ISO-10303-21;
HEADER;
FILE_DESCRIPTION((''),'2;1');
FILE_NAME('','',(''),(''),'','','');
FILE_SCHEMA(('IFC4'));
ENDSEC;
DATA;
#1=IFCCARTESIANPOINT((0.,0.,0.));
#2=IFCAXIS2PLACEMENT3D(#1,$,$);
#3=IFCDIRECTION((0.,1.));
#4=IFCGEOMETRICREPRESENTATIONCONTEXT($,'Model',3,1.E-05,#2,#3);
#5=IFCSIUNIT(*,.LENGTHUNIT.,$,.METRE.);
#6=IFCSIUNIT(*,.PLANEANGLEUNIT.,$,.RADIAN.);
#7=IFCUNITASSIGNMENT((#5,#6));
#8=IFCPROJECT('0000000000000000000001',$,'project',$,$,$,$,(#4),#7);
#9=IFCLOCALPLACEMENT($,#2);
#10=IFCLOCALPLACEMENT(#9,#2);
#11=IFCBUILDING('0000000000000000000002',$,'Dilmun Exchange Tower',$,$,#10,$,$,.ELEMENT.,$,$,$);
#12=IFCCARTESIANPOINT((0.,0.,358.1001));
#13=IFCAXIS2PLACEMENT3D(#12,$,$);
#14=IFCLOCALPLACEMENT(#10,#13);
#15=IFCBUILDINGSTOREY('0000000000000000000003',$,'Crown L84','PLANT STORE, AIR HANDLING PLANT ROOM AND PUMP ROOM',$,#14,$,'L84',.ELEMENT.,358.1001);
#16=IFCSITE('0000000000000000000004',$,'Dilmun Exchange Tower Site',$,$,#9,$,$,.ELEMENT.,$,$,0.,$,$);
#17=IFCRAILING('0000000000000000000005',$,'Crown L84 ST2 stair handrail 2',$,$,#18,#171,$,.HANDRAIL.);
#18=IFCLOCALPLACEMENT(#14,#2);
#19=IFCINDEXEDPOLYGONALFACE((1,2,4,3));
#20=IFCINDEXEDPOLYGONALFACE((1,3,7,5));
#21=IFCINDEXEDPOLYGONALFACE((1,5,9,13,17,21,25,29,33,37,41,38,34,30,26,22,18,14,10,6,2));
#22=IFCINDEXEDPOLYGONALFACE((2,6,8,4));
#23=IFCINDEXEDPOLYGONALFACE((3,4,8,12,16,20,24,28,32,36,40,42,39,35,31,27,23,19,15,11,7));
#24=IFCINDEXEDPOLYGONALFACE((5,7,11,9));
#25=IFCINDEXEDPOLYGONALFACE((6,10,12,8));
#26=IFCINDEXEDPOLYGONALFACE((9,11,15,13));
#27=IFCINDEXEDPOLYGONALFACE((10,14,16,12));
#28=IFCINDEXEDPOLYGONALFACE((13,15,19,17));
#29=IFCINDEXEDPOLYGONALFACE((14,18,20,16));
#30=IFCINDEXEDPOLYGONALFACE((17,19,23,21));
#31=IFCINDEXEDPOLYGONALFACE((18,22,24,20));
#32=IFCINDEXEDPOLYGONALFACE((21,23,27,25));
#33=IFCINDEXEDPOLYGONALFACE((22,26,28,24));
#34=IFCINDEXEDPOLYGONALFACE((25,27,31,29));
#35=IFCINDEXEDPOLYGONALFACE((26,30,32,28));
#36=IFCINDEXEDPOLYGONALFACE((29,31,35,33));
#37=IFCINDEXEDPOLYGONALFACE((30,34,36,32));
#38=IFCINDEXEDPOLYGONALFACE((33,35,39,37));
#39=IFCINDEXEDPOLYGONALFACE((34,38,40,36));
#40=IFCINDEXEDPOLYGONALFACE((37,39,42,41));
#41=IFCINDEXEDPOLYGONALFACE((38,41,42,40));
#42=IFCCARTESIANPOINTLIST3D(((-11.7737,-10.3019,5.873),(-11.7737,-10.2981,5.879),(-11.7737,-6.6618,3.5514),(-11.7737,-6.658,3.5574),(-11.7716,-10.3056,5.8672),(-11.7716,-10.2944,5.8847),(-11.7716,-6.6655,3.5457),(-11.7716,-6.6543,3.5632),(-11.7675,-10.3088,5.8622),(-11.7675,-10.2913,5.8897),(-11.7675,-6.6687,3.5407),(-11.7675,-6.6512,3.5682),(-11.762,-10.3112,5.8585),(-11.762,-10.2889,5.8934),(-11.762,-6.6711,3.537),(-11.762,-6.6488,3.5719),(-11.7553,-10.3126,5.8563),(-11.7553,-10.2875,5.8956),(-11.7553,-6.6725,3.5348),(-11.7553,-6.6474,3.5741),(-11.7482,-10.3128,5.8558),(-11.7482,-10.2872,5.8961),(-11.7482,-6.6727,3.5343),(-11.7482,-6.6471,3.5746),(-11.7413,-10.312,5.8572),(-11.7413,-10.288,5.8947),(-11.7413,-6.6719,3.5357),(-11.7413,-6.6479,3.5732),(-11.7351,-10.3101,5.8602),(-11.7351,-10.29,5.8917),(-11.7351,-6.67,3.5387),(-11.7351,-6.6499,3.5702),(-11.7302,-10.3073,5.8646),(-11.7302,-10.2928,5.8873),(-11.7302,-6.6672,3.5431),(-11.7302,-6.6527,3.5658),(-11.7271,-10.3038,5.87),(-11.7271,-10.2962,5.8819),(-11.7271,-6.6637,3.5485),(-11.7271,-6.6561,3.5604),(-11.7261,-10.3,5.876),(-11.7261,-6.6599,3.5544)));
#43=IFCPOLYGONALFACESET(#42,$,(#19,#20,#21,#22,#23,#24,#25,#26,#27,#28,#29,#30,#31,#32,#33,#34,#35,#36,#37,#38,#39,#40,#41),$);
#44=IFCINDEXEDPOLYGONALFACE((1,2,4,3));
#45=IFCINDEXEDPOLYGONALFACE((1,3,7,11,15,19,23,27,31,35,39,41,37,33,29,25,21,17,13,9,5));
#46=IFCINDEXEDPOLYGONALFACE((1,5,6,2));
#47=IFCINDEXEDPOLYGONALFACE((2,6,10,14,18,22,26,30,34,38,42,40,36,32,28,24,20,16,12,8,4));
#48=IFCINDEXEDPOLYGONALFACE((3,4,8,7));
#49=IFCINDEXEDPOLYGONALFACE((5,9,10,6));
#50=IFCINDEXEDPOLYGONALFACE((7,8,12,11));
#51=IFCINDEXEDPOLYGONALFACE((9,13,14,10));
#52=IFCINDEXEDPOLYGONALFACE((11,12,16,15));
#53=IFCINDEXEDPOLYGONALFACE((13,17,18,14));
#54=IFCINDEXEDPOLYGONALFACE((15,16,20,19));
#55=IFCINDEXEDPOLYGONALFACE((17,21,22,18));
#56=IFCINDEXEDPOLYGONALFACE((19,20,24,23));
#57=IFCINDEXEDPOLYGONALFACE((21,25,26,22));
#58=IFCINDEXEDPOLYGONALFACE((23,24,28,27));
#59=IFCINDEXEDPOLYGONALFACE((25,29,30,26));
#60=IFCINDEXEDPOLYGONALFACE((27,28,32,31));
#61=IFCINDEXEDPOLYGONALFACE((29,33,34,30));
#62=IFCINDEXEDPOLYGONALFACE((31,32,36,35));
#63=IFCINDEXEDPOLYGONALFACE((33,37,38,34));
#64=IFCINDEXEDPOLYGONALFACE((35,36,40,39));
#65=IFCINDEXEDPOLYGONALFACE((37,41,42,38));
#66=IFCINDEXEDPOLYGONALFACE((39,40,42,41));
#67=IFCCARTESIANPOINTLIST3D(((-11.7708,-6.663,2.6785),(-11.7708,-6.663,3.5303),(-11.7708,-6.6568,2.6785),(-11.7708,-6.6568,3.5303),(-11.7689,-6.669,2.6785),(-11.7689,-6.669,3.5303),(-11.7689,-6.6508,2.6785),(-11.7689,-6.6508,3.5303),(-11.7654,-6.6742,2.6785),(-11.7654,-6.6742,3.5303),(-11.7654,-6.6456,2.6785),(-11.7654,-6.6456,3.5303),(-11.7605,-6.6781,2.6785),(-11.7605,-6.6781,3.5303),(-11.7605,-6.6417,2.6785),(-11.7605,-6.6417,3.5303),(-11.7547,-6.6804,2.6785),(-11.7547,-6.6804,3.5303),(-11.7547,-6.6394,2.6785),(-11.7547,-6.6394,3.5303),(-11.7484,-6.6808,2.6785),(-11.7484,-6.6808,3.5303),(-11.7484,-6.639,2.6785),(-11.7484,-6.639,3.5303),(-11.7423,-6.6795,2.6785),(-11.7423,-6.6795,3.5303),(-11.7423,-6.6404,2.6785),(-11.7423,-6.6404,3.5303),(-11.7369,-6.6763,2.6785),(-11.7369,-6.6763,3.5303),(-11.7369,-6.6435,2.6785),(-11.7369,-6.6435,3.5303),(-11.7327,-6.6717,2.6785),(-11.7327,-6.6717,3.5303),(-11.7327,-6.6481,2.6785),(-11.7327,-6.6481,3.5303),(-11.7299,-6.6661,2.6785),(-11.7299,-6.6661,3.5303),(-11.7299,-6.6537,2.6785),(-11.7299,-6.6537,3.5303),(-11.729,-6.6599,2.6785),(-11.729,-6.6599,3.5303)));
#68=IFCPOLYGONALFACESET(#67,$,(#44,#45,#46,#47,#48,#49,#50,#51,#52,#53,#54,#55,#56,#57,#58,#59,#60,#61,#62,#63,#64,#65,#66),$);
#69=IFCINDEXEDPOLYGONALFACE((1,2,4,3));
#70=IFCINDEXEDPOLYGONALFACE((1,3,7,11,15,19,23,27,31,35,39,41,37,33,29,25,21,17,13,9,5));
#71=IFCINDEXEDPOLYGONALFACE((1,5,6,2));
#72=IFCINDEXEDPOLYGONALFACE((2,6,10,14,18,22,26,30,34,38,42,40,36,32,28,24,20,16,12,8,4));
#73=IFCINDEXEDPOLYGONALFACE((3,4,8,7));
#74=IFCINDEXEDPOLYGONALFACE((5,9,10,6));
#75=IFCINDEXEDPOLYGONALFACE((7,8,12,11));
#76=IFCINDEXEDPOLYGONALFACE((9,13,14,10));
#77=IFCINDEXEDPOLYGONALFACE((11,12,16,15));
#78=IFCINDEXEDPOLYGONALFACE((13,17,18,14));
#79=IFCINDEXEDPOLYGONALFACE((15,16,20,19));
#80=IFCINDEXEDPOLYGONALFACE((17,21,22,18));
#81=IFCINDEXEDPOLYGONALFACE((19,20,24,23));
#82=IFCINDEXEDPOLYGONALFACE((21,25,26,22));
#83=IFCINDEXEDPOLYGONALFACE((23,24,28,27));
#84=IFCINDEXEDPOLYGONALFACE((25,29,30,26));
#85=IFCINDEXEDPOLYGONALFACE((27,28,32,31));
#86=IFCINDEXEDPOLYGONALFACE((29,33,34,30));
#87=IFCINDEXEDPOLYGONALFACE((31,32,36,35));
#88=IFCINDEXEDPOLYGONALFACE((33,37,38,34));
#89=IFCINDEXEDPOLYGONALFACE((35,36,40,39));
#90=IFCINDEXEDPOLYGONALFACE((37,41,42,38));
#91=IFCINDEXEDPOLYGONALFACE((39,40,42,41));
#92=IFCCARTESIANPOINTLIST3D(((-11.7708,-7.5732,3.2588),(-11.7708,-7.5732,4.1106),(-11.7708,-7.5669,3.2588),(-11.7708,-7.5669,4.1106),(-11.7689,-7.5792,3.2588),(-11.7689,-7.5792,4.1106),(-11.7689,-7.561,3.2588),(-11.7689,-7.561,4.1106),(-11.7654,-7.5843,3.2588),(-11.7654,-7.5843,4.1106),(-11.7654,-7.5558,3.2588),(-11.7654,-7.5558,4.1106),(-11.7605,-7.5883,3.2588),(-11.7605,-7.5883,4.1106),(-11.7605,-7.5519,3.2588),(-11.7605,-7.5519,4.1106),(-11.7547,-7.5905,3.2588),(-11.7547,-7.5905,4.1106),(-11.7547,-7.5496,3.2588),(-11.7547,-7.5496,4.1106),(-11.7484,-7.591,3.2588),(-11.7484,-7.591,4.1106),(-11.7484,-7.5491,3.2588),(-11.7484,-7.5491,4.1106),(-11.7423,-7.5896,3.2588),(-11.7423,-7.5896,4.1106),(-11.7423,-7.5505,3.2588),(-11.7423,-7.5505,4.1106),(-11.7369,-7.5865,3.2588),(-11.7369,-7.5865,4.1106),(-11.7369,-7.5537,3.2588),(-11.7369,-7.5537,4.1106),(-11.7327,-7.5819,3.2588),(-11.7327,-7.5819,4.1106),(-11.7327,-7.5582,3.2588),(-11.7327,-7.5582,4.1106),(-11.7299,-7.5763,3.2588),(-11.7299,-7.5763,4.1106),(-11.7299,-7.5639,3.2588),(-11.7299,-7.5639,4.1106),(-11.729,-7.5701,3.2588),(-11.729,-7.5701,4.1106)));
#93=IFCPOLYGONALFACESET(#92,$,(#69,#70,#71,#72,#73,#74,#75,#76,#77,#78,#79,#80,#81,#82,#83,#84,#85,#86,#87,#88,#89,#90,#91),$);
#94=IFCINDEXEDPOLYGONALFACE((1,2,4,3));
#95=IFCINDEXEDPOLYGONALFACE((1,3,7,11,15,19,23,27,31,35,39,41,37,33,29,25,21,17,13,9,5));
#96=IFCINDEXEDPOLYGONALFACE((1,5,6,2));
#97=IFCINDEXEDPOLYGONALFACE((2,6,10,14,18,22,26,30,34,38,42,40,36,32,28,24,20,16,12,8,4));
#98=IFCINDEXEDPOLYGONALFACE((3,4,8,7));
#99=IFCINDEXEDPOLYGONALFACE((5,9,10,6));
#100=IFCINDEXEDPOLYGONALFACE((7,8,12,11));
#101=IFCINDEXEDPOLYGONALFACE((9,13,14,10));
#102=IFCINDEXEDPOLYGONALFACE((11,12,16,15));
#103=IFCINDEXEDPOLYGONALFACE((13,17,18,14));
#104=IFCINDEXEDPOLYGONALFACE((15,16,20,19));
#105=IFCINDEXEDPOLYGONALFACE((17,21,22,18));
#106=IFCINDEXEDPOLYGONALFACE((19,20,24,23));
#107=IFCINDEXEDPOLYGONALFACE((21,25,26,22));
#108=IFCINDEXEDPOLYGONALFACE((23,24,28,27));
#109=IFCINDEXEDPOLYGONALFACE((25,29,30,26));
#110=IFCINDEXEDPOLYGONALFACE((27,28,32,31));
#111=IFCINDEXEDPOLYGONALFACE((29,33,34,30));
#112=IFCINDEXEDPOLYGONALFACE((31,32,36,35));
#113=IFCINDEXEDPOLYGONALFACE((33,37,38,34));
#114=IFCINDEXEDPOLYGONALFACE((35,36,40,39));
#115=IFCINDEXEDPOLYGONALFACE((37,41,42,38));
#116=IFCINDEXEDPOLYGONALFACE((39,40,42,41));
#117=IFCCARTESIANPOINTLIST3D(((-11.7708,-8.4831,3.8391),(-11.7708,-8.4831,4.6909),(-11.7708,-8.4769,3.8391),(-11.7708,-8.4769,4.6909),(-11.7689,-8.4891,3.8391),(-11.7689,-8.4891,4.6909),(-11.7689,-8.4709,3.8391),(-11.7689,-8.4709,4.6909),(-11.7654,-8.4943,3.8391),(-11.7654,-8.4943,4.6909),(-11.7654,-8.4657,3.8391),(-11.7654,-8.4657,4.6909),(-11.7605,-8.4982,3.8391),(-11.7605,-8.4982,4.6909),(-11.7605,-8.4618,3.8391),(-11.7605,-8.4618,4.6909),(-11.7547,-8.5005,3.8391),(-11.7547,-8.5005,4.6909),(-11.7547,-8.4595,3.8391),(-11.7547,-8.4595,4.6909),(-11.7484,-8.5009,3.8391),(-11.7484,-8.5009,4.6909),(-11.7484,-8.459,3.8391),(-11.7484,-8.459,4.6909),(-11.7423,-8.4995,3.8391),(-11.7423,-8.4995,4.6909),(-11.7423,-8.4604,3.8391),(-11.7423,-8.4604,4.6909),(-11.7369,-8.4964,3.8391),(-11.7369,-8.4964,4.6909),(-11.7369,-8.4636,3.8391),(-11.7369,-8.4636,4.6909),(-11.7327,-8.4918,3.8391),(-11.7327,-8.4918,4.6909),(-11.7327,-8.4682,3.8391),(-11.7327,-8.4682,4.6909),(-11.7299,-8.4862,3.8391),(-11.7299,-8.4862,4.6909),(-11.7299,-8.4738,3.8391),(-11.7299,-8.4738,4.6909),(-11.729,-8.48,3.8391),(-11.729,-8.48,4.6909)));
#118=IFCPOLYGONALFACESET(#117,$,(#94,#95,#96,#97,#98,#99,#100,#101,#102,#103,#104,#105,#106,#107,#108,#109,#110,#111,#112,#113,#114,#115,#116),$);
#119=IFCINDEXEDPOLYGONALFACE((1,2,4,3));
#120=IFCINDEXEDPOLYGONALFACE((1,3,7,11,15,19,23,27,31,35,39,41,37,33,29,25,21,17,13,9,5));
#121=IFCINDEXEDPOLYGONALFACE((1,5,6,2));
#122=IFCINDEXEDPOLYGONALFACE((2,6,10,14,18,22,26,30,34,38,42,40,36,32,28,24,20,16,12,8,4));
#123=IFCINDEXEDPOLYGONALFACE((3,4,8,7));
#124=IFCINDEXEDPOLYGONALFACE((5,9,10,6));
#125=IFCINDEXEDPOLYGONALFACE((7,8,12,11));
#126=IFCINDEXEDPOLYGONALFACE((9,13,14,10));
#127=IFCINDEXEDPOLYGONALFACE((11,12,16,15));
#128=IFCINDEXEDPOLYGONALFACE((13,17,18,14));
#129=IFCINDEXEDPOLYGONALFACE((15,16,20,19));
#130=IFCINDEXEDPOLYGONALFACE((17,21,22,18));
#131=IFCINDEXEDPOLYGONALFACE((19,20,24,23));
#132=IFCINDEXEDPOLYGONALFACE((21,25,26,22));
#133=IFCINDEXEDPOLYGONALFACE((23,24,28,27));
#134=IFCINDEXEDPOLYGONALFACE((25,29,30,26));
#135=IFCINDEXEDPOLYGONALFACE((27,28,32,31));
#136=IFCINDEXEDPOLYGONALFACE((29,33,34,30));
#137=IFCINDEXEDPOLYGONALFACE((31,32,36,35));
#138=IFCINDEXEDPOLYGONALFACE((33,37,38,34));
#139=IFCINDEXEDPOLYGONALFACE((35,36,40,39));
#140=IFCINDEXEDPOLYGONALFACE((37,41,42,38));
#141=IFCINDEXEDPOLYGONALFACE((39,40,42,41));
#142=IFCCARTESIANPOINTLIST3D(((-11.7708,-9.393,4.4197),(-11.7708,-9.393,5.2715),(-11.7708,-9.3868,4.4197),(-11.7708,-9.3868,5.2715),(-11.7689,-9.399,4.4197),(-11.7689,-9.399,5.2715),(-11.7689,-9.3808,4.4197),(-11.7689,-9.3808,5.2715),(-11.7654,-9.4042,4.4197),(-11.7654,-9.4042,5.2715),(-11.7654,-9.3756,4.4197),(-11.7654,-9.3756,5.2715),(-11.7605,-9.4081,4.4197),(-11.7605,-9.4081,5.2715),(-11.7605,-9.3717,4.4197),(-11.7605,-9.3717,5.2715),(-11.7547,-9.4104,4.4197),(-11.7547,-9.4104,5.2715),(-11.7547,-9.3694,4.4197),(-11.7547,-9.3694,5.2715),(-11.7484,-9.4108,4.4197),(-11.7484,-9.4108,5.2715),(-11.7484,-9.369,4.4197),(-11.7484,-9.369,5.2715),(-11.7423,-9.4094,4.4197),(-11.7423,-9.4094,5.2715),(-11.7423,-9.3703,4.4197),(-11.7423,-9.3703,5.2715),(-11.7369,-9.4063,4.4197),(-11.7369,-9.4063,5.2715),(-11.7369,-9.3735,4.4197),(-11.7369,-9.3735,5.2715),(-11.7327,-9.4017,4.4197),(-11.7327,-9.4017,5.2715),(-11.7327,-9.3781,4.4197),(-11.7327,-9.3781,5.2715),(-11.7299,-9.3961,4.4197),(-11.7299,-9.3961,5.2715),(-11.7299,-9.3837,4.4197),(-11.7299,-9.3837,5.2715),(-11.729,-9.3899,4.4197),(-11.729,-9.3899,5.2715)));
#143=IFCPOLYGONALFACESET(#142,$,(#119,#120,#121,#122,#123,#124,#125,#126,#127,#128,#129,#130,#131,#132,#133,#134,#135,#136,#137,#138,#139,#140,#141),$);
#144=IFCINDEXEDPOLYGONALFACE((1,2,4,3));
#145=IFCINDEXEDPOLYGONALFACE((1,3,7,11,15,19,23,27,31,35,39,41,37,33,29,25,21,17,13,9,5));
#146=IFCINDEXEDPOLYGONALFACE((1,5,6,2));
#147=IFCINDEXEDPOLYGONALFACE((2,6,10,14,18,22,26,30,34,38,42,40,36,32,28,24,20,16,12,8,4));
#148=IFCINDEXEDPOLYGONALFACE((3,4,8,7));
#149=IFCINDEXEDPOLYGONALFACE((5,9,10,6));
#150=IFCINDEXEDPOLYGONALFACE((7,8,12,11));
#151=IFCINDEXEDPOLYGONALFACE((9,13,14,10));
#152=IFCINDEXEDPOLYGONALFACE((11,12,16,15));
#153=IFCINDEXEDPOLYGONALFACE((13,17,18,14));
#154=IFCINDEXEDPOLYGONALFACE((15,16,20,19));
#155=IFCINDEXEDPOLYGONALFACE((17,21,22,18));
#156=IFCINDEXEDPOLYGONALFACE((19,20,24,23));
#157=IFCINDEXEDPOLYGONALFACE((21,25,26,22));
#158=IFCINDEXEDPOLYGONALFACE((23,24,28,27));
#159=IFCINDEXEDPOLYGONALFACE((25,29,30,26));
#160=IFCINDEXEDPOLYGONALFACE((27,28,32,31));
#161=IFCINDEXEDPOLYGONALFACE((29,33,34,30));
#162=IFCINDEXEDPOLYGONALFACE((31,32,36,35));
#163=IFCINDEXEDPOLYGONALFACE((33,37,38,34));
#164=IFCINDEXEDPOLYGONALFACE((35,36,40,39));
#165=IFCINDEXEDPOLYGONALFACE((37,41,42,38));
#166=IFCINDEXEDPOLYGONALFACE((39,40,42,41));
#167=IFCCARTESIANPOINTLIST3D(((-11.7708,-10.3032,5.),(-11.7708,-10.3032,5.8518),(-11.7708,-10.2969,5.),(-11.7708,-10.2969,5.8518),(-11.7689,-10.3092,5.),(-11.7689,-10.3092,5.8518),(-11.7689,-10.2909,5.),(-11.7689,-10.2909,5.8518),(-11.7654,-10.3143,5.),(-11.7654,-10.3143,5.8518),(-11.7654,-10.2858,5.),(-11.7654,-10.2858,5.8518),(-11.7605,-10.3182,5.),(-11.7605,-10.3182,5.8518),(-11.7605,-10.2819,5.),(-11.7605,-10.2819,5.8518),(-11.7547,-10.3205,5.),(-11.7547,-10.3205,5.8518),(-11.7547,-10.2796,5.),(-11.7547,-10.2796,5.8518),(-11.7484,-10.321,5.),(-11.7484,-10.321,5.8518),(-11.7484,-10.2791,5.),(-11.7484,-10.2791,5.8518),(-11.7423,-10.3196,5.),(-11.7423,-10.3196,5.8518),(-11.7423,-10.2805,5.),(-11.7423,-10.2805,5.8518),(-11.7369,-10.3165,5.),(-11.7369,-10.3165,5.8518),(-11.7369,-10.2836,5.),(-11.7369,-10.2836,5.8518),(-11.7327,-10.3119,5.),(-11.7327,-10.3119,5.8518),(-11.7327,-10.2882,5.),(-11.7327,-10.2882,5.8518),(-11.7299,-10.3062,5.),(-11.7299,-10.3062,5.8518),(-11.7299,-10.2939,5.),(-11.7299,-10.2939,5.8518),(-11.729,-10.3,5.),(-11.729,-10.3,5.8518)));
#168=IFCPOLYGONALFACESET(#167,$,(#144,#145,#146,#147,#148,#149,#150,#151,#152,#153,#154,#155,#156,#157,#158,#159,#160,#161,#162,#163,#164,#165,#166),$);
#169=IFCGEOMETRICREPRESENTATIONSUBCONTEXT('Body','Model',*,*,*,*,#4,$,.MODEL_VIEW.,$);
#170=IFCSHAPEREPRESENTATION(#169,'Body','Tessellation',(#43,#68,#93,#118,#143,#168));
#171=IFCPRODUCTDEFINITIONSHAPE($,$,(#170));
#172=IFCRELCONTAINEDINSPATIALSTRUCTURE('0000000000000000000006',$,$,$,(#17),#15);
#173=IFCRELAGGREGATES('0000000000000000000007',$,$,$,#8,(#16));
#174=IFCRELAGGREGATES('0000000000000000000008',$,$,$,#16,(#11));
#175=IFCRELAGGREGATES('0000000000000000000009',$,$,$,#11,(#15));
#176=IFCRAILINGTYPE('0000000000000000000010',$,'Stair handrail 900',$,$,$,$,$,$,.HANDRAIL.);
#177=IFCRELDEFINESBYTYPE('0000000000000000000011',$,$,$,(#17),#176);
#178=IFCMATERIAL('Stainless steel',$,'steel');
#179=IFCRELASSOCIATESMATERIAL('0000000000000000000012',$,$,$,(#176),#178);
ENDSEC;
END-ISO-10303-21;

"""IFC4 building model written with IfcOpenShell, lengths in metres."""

from ifc_helpers import new_model, si_unit, direction, frame, origin, origin_2d, place, context, subcontext, project, spatial, circle, extrude, material, type_object, element, save


model = new_model("IFC4")

# Units and contexts
model_context = context("Model", 3, precision=1e-05, world=origin(), true_north=direction((0.0, 1.0)))
body_context = subcontext(model_context, "Body", "Model", "MODEL_VIEW")
ifc_project = project(units=[si_unit("LENGTHUNIT", "METRE"), si_unit("PLANEANGLEUNIT", "RADIAN")], contexts=[model_context])

# Site, building, storey
site_placement = place(None, origin())
site = spatial("IfcSite", under=ifc_project, at=site_placement, Name="Dilmun Exchange Tower Site", CompositionType="ELEMENT", RefElevation=0.0)
building_placement = place(site_placement, origin())
building = spatial("IfcBuilding", under=site, at=building_placement, Name="Dilmun Exchange Tower", CompositionType="ELEMENT")
storey_placement = place(building_placement, frame((0.0, 0.0, 358.1001)))
storey = spatial("IfcBuildingStorey", under=building, at=storey_placement, Name="Crown L84", Description="PLANT STORE, AIR HANDLING PLANT ROOM AND PUMP ROOM", LongName="L84", CompositionType="ELEMENT", Elevation=358.1001)

# Railing
ifc_material_1 = material(Name="Stainless steel", Category="steel")
railing_type = type_object("IfcRailingType", Name="Stair handrail 900", PredefinedType="HANDRAIL", material=ifc_material_1)
railing_1_placement = place(storey_placement, frame((-11.75, -6.6599, 2.6785)))
element("IfcRailing", 1, at=railing_1_placement, inside=storey, type_object=railing_type, Name="Crown L84 ST2 stair handrail 2", PredefinedType="HANDRAIL", context=body_context, shape_type="SweptSolid", body=[
    extrude(circle(Radius=0.0239, at=origin_2d()), frame((0.0, 0.0, 0.876), z_axis=(0.0, -0.843128, 0.537713), x_axis=(1.0, 0.0, 0.0)), (0.0, 0.0, 1.0), 4.3174),
    extrude(circle(Radius=0.021, at=origin_2d()), origin(), (0.0, 0.0, 1.0), 0.8518),
    extrude(circle(Radius=0.021, at=origin_2d()), frame((0.0, -0.9102, 0.5803)), (0.0, 0.0, 1.0), 0.8518),
    extrude(circle(Radius=0.021, at=origin_2d()), frame((0.0, -1.8201, 1.1606)), (0.0, 0.0, 1.0), 0.8518),
    extrude(circle(Radius=0.021, at=origin_2d()), frame((0.0, -2.73, 1.7412)), (0.0, 0.0, 1.0), 0.8518),
    extrude(circle(Radius=0.021, at=origin_2d()), frame((0.0, -3.6401, 2.3215)), (0.0, 0.0, 1.0), 0.8518),
])

save(model, "model.ifc")
